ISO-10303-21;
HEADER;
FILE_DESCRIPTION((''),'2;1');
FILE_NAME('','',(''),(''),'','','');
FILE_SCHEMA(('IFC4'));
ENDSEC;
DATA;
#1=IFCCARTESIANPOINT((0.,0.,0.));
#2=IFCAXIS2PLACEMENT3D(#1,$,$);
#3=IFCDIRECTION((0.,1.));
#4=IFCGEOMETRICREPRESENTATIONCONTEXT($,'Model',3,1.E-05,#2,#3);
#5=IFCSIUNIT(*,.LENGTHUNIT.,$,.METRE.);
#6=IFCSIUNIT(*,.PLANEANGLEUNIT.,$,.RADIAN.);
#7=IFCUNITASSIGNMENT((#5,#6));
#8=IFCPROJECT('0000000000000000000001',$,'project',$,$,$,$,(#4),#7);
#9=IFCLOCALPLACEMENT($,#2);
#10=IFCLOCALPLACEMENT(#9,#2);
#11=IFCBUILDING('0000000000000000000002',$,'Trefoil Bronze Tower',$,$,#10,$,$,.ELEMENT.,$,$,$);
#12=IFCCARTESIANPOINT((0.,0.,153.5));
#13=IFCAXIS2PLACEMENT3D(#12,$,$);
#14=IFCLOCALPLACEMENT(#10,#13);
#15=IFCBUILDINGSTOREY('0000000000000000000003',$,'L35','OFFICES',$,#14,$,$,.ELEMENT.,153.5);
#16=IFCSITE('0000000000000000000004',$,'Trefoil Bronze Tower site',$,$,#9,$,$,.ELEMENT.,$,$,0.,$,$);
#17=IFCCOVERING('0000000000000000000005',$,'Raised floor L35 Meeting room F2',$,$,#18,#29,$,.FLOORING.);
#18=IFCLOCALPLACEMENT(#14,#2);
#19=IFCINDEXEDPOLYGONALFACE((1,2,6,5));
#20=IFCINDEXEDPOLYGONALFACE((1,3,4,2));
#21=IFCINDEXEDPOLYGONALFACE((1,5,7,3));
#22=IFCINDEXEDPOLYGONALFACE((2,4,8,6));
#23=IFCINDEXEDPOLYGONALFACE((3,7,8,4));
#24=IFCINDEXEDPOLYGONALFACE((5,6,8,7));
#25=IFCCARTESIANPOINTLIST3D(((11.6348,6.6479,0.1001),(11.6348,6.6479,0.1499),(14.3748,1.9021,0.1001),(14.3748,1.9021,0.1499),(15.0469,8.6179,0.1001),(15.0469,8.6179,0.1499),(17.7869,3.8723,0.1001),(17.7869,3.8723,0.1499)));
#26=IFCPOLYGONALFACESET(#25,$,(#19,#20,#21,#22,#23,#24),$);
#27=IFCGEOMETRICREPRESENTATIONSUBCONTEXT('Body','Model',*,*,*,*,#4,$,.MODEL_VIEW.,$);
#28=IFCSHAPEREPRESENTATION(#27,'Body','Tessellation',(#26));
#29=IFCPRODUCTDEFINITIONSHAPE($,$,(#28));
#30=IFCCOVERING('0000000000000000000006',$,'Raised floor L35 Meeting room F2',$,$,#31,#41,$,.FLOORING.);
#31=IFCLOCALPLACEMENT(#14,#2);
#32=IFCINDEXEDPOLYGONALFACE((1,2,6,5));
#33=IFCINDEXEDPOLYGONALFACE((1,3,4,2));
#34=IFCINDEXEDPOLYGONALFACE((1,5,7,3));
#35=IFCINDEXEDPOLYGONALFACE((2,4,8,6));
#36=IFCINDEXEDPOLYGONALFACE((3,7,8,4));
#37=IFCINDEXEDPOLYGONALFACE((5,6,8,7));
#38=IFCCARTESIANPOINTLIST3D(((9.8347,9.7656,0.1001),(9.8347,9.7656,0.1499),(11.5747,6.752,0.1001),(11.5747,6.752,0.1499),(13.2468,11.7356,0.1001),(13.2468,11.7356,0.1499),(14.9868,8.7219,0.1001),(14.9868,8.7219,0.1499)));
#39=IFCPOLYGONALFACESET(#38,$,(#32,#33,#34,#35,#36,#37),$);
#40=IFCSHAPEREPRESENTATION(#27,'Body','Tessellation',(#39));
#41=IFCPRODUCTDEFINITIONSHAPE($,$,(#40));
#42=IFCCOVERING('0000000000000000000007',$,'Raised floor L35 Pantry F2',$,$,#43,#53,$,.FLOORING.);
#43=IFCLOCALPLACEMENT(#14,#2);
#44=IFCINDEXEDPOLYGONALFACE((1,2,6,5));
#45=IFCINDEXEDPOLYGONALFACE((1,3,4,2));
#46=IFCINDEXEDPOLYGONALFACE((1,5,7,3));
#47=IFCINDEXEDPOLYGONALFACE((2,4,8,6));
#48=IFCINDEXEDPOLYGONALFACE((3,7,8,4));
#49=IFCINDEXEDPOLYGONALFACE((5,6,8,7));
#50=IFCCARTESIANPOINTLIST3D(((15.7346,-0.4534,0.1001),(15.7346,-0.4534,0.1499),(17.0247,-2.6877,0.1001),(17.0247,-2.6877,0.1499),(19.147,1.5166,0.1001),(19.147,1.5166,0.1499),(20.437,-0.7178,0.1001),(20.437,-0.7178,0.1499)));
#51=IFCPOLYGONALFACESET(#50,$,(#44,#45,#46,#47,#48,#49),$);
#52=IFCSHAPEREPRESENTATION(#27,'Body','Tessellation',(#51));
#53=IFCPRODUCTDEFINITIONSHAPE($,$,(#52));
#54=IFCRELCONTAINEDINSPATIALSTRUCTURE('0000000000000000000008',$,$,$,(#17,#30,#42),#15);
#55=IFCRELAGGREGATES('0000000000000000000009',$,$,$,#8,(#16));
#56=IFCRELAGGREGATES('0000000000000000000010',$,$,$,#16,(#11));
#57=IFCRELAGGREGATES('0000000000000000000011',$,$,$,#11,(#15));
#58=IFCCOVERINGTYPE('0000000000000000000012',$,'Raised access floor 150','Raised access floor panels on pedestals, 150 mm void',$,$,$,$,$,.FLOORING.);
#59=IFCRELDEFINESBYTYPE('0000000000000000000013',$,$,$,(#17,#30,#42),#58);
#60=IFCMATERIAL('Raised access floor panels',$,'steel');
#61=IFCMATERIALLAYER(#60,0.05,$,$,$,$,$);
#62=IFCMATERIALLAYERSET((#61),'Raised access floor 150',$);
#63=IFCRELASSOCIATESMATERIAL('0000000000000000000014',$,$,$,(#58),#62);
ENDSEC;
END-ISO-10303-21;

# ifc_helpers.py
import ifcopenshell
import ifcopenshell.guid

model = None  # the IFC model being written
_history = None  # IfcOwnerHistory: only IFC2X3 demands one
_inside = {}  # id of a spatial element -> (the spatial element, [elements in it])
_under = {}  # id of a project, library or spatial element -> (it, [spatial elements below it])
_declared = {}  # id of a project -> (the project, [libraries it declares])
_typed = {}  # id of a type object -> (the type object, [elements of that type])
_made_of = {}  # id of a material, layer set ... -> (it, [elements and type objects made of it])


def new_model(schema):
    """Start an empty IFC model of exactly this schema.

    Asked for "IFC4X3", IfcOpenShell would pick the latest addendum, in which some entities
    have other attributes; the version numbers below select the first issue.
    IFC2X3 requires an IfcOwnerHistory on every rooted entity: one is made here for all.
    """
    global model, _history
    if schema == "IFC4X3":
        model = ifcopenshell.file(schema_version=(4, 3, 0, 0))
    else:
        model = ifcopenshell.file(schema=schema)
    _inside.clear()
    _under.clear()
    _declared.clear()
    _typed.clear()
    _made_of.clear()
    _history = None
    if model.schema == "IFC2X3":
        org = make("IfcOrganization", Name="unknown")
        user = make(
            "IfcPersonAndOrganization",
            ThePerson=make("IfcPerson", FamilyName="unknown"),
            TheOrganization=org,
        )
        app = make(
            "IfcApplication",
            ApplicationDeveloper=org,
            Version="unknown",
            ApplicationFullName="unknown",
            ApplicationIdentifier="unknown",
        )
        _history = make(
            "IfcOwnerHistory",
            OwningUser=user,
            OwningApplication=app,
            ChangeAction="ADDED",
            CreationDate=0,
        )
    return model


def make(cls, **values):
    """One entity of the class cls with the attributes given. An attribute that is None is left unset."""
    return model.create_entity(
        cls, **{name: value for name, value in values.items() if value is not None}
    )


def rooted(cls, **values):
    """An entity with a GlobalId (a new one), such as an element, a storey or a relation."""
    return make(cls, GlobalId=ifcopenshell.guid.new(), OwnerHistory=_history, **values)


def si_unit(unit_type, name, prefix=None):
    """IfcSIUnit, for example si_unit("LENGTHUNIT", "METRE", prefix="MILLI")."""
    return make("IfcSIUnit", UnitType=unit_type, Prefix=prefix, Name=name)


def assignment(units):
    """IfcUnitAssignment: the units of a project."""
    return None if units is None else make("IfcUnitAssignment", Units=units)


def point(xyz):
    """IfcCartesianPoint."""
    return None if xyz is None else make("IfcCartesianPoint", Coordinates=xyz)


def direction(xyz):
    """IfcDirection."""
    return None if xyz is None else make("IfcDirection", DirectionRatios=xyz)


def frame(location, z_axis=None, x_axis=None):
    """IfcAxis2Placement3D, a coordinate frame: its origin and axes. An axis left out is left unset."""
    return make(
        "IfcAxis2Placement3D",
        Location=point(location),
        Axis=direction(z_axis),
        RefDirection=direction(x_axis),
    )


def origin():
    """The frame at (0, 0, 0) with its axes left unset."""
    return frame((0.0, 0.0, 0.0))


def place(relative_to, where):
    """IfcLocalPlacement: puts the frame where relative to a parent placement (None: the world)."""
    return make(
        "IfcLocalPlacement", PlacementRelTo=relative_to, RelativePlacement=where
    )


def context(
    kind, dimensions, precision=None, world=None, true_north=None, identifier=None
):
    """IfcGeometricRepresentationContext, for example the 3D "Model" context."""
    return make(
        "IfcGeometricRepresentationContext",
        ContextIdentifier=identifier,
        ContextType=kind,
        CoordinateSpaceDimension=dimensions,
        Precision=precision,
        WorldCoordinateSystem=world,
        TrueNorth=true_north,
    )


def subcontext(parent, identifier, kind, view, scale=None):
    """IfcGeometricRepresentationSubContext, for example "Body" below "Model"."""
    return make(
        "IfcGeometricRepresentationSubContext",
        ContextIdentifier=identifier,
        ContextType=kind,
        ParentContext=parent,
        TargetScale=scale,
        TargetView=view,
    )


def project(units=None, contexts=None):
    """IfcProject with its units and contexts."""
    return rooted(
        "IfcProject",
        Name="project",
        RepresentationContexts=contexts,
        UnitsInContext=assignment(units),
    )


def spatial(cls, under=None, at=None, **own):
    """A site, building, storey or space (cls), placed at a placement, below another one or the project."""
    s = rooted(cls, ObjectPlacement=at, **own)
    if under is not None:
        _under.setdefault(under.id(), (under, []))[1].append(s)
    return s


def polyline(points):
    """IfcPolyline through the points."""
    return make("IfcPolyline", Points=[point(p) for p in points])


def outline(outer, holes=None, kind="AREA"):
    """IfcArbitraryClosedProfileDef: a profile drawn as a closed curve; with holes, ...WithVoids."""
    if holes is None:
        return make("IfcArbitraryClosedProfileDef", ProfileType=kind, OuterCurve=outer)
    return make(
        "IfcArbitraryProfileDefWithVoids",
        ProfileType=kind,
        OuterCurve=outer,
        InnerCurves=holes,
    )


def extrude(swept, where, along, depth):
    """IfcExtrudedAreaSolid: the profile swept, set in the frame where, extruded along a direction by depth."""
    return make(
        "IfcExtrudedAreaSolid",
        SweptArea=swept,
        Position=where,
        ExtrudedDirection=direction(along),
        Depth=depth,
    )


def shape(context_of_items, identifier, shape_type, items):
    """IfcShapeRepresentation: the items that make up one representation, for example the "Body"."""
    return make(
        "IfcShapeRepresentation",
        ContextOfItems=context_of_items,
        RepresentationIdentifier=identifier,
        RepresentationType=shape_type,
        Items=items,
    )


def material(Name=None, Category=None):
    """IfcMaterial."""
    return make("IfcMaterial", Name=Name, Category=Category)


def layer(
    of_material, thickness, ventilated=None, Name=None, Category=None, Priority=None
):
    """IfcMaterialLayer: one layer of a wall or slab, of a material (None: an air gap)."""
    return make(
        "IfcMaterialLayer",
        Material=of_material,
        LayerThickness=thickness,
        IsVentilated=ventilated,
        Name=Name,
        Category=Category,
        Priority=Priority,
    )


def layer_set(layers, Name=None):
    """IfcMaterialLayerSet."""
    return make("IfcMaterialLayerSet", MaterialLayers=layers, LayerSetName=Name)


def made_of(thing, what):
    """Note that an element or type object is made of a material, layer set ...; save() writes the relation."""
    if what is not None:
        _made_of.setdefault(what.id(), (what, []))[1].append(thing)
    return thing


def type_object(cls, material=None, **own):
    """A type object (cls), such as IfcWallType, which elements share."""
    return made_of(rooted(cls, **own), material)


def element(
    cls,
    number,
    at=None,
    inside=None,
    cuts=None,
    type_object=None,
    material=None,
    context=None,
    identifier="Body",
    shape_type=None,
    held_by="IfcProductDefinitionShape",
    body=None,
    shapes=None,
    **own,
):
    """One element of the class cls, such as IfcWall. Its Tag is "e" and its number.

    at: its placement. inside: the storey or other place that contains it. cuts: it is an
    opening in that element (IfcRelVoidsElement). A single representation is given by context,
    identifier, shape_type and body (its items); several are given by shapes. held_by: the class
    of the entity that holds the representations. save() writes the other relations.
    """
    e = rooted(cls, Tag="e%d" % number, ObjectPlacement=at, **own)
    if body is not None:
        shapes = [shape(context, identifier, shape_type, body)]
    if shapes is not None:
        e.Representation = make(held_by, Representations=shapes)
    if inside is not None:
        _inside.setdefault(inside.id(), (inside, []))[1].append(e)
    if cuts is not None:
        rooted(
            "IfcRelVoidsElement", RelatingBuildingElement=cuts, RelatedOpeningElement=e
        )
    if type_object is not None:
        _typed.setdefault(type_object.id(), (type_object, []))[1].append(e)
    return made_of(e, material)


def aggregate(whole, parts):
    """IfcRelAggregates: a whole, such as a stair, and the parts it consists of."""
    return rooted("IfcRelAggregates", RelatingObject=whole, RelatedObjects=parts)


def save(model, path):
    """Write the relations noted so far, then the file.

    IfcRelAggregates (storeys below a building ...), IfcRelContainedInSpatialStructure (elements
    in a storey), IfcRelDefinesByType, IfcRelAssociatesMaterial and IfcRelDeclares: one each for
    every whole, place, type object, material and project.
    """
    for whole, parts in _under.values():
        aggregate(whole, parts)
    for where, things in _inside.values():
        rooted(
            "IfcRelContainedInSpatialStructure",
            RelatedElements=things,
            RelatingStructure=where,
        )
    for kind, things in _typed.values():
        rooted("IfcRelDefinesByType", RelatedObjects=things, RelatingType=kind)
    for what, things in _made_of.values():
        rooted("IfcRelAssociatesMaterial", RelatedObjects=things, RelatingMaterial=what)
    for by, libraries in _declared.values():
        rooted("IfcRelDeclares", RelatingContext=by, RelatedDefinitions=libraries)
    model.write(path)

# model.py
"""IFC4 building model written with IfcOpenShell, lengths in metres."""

from ifc_helpers import new_model, si_unit, direction, frame, origin, place, context, subcontext, project, spatial, polyline, outline, extrude, material, layer, layer_set, type_object, element, save


model = new_model("IFC4")

# Units and contexts
model_context = context("Model", 3, precision=1e-05, world=origin(), true_north=direction((0.0, 1.0)))
body_context = subcontext(model_context, "Body", "Model", "MODEL_VIEW")
ifc_project = project(units=[si_unit("LENGTHUNIT", "METRE"), si_unit("PLANEANGLEUNIT", "RADIAN")], contexts=[model_context])

# Site, building, storey
site_placement = place(None, origin())
site = spatial("IfcSite", under=ifc_project, at=site_placement, Name="Trefoil Bronze Tower site", CompositionType="ELEMENT", RefElevation=0.0)
building_placement = place(site_placement, origin())
building = spatial("IfcBuilding", under=site, at=building_placement, Name="Trefoil Bronze Tower", CompositionType="ELEMENT")
storey_placement = place(building_placement, frame((0.0, 0.0, 153.5)))
storey = spatial("IfcBuildingStorey", under=building, at=storey_placement, Name="L35", Description="OFFICES", CompositionType="ELEMENT", Elevation=153.5)

# Coverings
ifc_material_1 = material(Name="Raised access floor panels", Category="steel")
ifc_layer_1 = layer(ifc_material_1, 0.05)
ifc_layer_set_1 = layer_set([ifc_layer_1], Name="Raised access floor 150")
covering_type_1 = type_object("IfcCoveringType", Name="Raised access floor 150", Description="Raised access floor panels on pedestals, 150 mm void", PredefinedType="FLOORING", material=ifc_layer_set_1)
covering_1_placement = place(storey_placement, frame((0.0, 0.0, 0.1001)))
element("IfcCovering", 1, at=covering_1_placement, inside=storey, type_object=covering_type_1, Name="Raised floor L35 Meeting room F2", PredefinedType="FLOORING", context=body_context, shape_type="SweptSolid", body=[
    extrude(outline(polyline([(11.6348, 6.6479), (15.0469, 8.6179), (17.7869, 3.8723), (14.3748, 1.9021), (11.6348, 6.6479)])), origin(), (0.0, 0.0, 1.0), 0.0498),
])
covering_2_placement = place(storey_placement, frame((0.0, 0.0, 0.1001)))
element("IfcCovering", 2, at=covering_2_placement, inside=storey, type_object=covering_type_1, Name="Raised floor L35 Meeting room F2", PredefinedType="FLOORING", context=body_context, shape_type="SweptSolid", body=[
    extrude(outline(polyline([(9.8347, 9.7656), (13.2468, 11.7356), (14.9868, 8.7219), (11.5747, 6.752), (9.8347, 9.7656)])), origin(), (0.0, 0.0, 1.0), 0.0498),
])
covering_3_placement = place(storey_placement, frame((0.0, 0.0, 0.1001)))
element("IfcCovering", 3, at=covering_3_placement, inside=storey, type_object=covering_type_1, Name="Raised floor L35 Pantry F2", PredefinedType="FLOORING", context=body_context, shape_type="SweptSolid", body=[
    extrude(outline(polyline([(15.7346, -0.4534), (19.147, 1.5166), (20.437, -0.7178), (17.0247, -2.6877), (15.7346, -0.4534)])), origin(), (0.0, 0.0, 1.0), 0.0498),
])

save(model, "model.ifc")
